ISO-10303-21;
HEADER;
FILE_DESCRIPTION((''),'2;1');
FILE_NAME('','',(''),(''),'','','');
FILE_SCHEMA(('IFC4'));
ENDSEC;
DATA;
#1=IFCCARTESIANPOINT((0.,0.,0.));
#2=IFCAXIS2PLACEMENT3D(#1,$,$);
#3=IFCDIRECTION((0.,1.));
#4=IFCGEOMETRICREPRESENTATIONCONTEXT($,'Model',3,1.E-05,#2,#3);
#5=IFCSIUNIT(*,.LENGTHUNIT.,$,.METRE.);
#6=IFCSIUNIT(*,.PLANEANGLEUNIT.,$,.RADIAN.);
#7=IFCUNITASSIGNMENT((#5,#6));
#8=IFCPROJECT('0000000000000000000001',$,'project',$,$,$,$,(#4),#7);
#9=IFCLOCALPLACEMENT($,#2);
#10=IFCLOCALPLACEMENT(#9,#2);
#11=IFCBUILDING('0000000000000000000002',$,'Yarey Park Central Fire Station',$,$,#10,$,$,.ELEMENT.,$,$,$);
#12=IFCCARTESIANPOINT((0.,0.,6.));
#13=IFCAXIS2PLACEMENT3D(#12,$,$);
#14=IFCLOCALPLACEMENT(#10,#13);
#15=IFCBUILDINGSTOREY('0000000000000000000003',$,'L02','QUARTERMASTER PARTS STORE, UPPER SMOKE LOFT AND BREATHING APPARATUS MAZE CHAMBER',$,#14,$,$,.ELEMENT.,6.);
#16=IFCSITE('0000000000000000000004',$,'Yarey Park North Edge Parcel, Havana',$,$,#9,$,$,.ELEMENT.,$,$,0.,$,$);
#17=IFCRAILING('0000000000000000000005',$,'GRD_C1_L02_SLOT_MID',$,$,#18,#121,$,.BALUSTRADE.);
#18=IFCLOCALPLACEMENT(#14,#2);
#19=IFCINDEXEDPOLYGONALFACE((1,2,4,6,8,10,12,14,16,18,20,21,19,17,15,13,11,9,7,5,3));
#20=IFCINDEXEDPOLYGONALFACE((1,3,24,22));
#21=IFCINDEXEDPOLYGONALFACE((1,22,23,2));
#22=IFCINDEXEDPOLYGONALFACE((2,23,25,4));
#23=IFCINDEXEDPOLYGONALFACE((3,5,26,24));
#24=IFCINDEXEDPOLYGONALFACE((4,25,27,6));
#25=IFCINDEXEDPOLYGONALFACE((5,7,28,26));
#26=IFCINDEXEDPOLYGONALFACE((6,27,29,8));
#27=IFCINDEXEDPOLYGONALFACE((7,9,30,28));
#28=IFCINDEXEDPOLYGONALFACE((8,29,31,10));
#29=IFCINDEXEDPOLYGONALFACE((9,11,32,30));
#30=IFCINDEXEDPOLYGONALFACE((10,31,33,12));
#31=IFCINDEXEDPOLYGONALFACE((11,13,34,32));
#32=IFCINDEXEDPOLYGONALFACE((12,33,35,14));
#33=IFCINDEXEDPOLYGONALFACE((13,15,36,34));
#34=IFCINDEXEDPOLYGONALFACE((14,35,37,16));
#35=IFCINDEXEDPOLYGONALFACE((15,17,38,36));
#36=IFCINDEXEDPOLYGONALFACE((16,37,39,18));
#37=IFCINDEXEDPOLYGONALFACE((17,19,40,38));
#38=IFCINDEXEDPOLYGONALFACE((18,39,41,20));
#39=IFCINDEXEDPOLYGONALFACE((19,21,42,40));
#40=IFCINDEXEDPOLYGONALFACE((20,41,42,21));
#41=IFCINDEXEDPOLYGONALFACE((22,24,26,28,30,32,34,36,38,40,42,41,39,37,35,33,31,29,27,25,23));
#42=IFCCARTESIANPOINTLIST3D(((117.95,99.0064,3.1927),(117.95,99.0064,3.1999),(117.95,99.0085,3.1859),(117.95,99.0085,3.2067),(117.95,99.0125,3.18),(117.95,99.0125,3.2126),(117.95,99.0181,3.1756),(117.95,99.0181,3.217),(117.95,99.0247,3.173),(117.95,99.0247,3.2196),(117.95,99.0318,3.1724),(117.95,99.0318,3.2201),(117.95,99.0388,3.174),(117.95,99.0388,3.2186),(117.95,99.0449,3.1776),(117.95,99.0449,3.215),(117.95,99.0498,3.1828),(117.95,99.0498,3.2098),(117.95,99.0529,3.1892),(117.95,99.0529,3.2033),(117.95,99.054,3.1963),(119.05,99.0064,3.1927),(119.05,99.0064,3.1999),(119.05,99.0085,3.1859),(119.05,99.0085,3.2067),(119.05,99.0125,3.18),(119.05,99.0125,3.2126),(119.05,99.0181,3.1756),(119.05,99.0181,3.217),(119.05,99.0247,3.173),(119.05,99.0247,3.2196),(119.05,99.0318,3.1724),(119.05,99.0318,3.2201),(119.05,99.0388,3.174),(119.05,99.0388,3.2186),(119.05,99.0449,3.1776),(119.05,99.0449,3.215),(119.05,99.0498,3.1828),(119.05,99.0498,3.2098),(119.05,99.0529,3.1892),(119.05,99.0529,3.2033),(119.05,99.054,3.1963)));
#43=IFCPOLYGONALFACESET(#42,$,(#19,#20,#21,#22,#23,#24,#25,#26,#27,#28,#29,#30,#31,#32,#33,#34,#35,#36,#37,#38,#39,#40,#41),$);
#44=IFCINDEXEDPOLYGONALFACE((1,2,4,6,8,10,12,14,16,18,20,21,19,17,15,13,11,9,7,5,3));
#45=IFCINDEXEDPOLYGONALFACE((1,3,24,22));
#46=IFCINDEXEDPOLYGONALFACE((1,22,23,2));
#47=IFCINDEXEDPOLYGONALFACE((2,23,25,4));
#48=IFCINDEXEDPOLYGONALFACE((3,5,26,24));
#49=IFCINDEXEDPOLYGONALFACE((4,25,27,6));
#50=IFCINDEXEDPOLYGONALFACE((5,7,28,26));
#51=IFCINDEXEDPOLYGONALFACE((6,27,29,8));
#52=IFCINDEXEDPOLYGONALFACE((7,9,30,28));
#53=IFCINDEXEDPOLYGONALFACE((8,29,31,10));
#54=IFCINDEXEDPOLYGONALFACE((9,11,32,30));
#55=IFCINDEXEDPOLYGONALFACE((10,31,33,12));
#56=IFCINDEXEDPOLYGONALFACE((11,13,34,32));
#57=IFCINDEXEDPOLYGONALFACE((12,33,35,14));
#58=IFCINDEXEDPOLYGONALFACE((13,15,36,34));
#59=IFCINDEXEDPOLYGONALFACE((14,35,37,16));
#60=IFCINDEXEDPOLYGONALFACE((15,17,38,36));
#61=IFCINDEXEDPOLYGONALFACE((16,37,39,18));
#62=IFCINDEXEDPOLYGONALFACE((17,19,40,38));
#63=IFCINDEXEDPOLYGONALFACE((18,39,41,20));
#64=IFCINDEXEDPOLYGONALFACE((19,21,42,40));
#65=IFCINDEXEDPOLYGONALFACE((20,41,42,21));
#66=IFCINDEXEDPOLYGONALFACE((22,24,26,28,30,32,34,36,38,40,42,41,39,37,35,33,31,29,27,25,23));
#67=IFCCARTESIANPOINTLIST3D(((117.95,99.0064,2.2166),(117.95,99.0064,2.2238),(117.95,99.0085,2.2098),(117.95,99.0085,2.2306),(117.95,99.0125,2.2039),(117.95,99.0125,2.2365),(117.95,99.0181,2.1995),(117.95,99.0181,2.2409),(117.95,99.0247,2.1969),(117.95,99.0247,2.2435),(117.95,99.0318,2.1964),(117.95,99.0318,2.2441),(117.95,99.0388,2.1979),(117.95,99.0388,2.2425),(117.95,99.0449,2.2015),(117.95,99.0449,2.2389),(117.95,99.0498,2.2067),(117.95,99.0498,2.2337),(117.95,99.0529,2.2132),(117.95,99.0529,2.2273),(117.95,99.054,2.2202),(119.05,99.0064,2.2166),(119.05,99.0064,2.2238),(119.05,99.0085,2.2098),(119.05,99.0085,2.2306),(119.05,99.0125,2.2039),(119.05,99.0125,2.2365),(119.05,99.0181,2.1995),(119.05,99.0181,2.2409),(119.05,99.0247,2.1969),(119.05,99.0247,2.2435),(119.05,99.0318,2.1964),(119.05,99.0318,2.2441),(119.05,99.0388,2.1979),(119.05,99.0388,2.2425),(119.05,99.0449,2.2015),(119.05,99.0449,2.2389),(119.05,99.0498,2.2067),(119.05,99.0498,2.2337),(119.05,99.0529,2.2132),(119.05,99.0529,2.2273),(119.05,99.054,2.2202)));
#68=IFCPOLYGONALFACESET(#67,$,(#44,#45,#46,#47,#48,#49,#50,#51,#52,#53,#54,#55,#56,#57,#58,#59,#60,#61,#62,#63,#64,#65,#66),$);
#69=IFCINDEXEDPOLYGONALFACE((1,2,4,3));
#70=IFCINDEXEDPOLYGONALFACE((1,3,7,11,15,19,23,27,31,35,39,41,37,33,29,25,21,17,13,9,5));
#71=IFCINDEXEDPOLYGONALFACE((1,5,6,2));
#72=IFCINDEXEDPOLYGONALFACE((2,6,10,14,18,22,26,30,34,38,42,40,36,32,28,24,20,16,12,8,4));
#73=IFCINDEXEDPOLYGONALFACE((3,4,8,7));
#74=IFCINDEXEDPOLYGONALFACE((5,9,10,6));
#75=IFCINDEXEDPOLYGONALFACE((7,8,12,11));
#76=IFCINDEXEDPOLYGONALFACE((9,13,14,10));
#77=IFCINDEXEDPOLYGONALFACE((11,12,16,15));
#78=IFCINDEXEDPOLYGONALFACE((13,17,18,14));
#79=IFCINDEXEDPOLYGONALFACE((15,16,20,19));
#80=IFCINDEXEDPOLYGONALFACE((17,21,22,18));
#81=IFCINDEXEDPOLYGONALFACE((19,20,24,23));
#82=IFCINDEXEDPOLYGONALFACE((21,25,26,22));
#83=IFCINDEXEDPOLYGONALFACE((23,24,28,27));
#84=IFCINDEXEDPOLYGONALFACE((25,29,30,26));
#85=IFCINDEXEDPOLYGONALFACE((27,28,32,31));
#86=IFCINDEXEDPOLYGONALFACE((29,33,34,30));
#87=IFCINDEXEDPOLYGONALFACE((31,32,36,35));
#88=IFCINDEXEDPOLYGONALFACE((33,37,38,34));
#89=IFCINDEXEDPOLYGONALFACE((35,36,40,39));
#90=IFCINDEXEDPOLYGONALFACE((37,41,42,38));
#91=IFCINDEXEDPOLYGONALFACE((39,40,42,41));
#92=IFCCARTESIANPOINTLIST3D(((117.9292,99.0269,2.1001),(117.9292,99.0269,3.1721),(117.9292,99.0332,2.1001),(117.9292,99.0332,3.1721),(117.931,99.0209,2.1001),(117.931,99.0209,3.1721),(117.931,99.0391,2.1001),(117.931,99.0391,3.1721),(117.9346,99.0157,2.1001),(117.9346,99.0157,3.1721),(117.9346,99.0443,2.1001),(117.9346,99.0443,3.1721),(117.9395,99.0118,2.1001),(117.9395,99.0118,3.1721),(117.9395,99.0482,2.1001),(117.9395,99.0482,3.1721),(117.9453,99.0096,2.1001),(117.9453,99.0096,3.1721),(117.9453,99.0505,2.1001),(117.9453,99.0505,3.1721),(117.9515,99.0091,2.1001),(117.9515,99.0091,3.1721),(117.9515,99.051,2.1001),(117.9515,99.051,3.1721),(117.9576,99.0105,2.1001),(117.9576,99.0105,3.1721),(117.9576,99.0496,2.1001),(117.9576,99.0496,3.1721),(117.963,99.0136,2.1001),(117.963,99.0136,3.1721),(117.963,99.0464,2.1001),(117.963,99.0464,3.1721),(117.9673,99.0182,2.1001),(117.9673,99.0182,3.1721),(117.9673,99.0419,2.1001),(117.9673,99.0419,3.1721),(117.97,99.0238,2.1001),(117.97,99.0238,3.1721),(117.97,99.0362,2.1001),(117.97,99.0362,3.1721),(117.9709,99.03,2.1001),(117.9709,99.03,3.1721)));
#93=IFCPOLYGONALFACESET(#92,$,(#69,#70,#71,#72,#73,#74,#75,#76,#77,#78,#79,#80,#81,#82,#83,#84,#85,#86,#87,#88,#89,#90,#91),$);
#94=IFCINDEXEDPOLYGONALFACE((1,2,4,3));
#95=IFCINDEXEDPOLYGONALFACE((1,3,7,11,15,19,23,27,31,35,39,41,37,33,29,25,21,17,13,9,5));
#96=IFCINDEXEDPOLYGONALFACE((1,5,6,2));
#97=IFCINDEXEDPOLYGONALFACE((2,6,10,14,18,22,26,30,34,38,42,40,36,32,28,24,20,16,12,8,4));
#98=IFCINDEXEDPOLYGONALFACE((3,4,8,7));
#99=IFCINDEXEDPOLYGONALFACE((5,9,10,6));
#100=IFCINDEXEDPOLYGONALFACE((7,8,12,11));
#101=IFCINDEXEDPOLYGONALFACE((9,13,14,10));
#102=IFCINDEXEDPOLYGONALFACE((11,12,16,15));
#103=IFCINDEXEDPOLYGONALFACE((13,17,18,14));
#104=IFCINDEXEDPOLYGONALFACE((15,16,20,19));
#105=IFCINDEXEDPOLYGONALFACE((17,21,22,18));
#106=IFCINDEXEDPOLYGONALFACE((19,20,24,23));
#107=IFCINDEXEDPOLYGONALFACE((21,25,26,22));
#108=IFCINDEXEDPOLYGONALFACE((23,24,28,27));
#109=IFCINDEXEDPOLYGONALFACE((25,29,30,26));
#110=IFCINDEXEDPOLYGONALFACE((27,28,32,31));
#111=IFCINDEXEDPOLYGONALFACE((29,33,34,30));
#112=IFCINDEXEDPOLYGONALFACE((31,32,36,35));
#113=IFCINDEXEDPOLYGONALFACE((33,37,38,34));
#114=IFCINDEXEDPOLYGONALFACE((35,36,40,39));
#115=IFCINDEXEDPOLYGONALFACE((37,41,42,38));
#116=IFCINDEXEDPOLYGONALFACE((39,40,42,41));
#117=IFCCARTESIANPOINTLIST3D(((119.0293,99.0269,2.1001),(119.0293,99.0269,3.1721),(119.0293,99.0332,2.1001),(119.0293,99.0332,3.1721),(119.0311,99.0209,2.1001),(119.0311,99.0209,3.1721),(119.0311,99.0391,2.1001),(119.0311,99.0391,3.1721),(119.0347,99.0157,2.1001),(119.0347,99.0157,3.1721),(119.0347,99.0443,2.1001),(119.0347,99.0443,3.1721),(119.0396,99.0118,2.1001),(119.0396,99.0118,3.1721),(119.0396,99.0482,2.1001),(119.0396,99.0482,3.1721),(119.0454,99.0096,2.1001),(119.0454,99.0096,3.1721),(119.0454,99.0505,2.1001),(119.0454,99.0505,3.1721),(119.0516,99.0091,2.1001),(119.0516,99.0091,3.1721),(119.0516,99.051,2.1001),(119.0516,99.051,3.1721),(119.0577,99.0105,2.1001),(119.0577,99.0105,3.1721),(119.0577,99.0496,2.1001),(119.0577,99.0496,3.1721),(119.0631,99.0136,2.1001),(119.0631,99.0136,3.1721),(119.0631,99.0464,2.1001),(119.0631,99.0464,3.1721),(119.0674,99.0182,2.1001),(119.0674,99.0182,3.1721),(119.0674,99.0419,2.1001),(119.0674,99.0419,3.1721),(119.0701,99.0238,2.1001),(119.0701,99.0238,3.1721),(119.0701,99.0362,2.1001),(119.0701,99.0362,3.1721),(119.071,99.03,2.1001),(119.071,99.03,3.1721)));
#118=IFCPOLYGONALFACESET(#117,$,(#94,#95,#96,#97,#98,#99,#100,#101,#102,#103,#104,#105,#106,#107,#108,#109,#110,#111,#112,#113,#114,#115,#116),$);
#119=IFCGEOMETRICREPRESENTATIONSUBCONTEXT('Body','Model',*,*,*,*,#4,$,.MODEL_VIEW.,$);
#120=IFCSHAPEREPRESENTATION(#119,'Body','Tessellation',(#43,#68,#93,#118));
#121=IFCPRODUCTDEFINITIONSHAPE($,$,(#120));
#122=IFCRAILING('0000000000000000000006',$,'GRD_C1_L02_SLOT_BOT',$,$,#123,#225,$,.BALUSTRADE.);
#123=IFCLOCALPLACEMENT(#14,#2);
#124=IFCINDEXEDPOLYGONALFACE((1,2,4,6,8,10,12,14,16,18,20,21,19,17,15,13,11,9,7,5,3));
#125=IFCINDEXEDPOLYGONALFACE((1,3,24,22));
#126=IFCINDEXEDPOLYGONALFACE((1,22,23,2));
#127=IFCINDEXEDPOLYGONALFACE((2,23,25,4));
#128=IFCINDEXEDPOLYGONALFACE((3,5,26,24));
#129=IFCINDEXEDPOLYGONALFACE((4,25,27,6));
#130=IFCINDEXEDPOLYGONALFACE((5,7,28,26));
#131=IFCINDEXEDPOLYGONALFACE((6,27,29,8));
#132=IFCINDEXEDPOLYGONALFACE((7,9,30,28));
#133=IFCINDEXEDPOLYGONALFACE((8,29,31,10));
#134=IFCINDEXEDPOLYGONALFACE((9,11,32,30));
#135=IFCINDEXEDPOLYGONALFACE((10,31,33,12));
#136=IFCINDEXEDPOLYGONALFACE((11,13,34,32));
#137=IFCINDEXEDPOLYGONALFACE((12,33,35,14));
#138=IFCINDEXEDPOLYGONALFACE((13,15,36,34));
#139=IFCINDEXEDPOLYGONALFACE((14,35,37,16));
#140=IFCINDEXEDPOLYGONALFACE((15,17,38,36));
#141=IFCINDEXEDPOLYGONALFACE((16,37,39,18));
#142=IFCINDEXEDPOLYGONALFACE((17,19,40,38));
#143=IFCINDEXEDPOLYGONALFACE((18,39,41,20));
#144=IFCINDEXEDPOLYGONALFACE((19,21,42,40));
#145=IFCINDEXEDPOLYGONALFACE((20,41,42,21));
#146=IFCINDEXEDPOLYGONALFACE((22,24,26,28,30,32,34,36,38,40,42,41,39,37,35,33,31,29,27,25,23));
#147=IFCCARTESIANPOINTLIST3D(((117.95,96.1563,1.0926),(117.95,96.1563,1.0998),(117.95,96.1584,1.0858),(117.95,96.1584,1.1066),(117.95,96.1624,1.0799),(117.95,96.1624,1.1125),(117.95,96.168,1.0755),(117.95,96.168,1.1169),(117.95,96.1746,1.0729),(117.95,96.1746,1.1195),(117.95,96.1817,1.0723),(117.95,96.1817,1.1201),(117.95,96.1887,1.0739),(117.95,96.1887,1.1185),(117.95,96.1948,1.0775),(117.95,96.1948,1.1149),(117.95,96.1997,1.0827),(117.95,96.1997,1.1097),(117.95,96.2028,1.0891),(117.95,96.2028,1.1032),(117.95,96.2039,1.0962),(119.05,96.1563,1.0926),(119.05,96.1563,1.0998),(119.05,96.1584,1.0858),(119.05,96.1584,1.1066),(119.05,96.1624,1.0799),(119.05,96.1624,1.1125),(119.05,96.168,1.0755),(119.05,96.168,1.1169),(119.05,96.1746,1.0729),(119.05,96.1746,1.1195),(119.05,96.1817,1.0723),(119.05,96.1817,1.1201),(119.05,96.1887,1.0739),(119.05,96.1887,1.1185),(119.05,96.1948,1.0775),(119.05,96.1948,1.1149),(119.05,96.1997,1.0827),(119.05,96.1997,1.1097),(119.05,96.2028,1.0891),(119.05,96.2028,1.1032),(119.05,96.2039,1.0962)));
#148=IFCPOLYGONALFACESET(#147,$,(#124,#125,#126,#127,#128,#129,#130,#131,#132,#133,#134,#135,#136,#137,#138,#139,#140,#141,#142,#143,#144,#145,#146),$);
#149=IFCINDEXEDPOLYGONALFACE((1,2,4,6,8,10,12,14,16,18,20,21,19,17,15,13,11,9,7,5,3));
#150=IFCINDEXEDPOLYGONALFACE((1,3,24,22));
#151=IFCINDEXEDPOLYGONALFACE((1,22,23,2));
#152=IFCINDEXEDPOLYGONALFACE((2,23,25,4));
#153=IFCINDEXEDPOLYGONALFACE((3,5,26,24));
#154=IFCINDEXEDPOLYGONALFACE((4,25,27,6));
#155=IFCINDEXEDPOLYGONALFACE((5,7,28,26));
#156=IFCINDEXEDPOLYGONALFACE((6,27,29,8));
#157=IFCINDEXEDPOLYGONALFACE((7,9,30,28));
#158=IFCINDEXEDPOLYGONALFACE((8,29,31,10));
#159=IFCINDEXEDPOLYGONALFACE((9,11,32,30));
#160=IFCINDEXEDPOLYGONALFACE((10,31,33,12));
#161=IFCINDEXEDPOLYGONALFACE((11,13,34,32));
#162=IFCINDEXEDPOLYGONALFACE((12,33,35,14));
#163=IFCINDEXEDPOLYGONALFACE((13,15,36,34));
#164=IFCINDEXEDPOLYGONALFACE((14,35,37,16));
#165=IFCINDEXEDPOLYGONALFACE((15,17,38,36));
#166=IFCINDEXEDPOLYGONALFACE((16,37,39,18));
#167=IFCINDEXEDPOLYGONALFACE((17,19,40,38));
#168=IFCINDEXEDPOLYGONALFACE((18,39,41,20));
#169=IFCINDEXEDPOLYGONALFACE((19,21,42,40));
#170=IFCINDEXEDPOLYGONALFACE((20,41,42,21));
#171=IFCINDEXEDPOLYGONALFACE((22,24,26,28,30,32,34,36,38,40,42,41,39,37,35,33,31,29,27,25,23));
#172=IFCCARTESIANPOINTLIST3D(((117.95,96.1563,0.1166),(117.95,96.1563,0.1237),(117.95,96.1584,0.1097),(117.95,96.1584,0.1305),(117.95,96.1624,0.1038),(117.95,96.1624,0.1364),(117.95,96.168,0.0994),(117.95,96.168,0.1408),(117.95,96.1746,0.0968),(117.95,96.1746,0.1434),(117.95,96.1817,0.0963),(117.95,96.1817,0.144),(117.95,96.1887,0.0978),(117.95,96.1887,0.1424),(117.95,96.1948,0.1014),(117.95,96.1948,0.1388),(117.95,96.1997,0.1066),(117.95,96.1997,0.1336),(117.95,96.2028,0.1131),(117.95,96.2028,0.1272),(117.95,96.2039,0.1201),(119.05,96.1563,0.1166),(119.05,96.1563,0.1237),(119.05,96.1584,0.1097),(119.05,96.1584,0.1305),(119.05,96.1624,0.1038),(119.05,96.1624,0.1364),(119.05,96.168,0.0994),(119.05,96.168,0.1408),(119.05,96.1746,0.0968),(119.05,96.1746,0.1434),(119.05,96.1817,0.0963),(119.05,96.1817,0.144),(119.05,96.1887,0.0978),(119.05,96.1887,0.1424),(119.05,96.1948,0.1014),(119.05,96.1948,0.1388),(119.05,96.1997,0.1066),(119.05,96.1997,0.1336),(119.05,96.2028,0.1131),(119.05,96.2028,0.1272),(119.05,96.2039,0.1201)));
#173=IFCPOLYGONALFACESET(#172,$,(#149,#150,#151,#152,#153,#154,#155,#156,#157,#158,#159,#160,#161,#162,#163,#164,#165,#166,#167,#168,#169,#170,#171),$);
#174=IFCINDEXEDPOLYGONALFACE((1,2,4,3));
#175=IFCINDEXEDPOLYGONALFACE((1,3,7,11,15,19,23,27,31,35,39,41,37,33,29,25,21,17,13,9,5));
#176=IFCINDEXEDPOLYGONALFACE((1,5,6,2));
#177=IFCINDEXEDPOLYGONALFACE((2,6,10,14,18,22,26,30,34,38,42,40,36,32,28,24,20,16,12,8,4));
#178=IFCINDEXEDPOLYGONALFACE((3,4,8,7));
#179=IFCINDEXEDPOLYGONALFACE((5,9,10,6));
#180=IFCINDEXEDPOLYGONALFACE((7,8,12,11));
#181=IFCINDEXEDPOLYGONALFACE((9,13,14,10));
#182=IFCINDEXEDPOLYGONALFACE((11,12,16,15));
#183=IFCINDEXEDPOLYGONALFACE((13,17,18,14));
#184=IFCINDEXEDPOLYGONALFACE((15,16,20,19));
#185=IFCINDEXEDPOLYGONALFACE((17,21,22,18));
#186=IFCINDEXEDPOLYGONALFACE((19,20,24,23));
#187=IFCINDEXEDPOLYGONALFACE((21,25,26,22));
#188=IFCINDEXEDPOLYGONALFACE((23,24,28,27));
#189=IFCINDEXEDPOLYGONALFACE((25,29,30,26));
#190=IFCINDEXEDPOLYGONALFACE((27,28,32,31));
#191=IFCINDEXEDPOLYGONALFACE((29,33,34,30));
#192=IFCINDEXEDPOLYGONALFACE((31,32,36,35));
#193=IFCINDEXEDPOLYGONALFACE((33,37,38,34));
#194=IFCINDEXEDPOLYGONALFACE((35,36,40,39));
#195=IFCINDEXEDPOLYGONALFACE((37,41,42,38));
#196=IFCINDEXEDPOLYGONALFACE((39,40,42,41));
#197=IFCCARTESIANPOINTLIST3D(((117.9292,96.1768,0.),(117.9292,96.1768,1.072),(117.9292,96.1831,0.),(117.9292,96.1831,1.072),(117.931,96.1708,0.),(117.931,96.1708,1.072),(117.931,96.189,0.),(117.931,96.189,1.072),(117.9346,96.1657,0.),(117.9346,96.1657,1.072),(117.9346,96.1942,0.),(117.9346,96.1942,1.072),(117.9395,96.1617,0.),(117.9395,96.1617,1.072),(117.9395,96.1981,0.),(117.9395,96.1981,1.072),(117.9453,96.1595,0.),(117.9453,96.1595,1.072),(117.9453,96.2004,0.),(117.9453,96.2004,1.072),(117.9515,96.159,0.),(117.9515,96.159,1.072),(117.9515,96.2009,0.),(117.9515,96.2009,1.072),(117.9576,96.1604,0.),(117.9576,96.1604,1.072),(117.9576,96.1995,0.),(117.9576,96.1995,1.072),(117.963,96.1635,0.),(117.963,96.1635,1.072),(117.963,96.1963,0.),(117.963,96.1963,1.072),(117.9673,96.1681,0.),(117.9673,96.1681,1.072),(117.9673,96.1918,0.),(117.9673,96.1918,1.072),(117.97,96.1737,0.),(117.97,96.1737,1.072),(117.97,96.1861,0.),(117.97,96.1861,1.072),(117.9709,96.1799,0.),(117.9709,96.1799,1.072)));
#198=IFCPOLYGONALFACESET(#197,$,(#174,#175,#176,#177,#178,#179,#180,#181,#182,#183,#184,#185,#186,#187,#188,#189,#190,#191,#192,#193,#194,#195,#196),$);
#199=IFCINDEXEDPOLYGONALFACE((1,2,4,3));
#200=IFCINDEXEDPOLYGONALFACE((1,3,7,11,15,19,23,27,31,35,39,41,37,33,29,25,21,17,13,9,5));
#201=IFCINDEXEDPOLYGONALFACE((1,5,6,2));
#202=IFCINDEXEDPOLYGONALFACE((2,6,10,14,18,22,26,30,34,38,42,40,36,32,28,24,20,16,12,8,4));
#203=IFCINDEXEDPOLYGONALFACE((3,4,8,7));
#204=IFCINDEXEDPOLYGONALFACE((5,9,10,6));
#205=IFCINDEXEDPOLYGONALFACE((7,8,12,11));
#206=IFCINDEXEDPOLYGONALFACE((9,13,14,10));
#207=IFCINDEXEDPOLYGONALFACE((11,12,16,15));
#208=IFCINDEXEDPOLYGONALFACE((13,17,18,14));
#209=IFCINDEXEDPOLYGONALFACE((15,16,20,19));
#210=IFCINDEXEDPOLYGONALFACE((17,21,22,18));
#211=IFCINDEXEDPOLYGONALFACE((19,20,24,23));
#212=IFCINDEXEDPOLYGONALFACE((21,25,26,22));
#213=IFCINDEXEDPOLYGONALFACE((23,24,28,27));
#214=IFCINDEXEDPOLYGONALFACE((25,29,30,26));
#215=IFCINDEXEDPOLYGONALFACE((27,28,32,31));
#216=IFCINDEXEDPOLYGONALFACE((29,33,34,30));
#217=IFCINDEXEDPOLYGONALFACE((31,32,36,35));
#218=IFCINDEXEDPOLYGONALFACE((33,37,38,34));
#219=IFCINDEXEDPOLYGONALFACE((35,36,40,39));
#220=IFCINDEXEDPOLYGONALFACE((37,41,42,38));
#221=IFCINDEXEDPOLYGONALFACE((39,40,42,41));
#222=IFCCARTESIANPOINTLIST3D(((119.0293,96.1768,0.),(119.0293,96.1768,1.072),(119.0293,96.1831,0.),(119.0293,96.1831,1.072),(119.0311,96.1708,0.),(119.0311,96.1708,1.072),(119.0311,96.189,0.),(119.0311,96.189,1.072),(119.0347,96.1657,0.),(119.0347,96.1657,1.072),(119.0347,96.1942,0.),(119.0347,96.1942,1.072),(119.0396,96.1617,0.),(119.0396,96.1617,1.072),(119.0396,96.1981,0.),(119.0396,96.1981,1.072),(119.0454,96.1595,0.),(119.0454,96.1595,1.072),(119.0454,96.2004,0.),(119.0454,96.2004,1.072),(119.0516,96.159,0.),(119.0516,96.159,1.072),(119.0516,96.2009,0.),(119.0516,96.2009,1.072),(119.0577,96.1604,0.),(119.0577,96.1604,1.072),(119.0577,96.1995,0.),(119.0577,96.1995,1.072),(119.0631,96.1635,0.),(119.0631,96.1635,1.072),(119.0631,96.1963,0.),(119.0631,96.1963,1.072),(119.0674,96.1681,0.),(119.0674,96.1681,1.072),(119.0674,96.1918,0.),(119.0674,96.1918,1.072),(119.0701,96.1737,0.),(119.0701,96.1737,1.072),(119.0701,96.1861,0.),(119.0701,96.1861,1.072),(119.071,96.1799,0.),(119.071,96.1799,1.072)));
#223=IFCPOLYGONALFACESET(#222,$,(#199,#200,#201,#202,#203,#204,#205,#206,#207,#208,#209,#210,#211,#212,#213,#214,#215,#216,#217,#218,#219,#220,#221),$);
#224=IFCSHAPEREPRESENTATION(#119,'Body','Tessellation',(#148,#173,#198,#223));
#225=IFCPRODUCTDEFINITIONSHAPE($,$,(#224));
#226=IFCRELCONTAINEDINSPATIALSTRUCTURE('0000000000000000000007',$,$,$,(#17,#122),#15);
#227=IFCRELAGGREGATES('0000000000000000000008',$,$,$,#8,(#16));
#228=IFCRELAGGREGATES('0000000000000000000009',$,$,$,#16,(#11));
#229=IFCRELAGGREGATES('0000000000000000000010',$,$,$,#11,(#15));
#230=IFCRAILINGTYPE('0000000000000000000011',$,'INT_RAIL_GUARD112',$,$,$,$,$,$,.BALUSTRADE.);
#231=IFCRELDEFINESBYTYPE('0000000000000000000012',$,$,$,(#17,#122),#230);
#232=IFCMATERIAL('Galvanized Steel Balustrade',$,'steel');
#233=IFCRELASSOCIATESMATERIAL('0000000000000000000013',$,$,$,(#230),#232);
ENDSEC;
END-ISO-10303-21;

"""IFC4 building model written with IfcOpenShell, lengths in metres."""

from ifc_helpers import new_model, si_unit, direction, frame, origin, origin_2d, place, context, subcontext, project, spatial, circle, extrude, material, type_object, element, save


model = new_model("IFC4")

# Units and contexts
model_context = context("Model", 3, precision=1e-05, world=origin(), true_north=direction((0.0, 1.0)))
body_context = subcontext(model_context, "Body", "Model", "MODEL_VIEW")
ifc_project = project(units=[si_unit("LENGTHUNIT", "METRE"), si_unit("PLANEANGLEUNIT", "RADIAN")], contexts=[model_context])

# Site, building, storey
site_placement = place(None, origin())
site = spatial("IfcSite", under=ifc_project, at=site_placement, Name="Yarey Park North Edge Parcel, Havana", CompositionType="ELEMENT", RefElevation=0.0)
building_placement = place(site_placement, origin())
building = spatial("IfcBuilding", under=site, at=building_placement, Name="Yarey Park Central Fire Station", CompositionType="ELEMENT")
storey_placement = place(building_placement, frame((0.0, 0.0, 6.0)))
storey = spatial("IfcBuildingStorey", under=building, at=storey_placement, Name="L02", Description="QUARTERMASTER PARTS STORE, UPPER SMOKE LOFT AND BREATHING APPARATUS MAZE CHAMBER", CompositionType="ELEMENT", Elevation=6.0)

# Railings
ifc_material_1 = material(Name="Galvanized Steel Balustrade", Category="steel")
railing_type_1 = type_object("IfcRailingType", Name="INT_RAIL_GUARD112", PredefinedType="BALUSTRADE", material=ifc_material_1)
for number, where, name in (
    (1, (117.95, 99.03, 2.1001), "GRD_C1_L02_SLOT_MID"),
    (2, (117.95, 96.1799, 0.0), "GRD_C1_L02_SLOT_BOT"),
):
    element("IfcRailing", number, at=place(storey_placement, frame(where)), inside=storey, type_object=railing_type_1, Name=name, PredefinedType="BALUSTRADE", context=body_context, shape_type="SweptSolid", body=[
        extrude(circle(Radius=0.0239, at=origin_2d()), frame((0.0, 0.0, 1.0962), z_axis=(1.0, 0.0, 0.0), x_axis=(0.0, 1.0, 0.0)), (0.0, 0.0, 1.0), 1.1001),
        extrude(circle(Radius=0.0239, at=origin_2d()), frame((0.0, 0.0, 0.1201), z_axis=(1.0, 0.0, 0.0), x_axis=(0.0, 1.0, 0.0)), (0.0, 0.0, 1.0), 1.1001),
        extrude(circle(Radius=0.021, at=origin_2d()), origin(), (0.0, 0.0, 1.0), 1.072),
        extrude(circle(Radius=0.021, at=origin_2d()), frame((1.1001, 0.0, 0.0)), (0.0, 0.0, 1.0), 1.072),
    ])

save(model, "model.ifc")
